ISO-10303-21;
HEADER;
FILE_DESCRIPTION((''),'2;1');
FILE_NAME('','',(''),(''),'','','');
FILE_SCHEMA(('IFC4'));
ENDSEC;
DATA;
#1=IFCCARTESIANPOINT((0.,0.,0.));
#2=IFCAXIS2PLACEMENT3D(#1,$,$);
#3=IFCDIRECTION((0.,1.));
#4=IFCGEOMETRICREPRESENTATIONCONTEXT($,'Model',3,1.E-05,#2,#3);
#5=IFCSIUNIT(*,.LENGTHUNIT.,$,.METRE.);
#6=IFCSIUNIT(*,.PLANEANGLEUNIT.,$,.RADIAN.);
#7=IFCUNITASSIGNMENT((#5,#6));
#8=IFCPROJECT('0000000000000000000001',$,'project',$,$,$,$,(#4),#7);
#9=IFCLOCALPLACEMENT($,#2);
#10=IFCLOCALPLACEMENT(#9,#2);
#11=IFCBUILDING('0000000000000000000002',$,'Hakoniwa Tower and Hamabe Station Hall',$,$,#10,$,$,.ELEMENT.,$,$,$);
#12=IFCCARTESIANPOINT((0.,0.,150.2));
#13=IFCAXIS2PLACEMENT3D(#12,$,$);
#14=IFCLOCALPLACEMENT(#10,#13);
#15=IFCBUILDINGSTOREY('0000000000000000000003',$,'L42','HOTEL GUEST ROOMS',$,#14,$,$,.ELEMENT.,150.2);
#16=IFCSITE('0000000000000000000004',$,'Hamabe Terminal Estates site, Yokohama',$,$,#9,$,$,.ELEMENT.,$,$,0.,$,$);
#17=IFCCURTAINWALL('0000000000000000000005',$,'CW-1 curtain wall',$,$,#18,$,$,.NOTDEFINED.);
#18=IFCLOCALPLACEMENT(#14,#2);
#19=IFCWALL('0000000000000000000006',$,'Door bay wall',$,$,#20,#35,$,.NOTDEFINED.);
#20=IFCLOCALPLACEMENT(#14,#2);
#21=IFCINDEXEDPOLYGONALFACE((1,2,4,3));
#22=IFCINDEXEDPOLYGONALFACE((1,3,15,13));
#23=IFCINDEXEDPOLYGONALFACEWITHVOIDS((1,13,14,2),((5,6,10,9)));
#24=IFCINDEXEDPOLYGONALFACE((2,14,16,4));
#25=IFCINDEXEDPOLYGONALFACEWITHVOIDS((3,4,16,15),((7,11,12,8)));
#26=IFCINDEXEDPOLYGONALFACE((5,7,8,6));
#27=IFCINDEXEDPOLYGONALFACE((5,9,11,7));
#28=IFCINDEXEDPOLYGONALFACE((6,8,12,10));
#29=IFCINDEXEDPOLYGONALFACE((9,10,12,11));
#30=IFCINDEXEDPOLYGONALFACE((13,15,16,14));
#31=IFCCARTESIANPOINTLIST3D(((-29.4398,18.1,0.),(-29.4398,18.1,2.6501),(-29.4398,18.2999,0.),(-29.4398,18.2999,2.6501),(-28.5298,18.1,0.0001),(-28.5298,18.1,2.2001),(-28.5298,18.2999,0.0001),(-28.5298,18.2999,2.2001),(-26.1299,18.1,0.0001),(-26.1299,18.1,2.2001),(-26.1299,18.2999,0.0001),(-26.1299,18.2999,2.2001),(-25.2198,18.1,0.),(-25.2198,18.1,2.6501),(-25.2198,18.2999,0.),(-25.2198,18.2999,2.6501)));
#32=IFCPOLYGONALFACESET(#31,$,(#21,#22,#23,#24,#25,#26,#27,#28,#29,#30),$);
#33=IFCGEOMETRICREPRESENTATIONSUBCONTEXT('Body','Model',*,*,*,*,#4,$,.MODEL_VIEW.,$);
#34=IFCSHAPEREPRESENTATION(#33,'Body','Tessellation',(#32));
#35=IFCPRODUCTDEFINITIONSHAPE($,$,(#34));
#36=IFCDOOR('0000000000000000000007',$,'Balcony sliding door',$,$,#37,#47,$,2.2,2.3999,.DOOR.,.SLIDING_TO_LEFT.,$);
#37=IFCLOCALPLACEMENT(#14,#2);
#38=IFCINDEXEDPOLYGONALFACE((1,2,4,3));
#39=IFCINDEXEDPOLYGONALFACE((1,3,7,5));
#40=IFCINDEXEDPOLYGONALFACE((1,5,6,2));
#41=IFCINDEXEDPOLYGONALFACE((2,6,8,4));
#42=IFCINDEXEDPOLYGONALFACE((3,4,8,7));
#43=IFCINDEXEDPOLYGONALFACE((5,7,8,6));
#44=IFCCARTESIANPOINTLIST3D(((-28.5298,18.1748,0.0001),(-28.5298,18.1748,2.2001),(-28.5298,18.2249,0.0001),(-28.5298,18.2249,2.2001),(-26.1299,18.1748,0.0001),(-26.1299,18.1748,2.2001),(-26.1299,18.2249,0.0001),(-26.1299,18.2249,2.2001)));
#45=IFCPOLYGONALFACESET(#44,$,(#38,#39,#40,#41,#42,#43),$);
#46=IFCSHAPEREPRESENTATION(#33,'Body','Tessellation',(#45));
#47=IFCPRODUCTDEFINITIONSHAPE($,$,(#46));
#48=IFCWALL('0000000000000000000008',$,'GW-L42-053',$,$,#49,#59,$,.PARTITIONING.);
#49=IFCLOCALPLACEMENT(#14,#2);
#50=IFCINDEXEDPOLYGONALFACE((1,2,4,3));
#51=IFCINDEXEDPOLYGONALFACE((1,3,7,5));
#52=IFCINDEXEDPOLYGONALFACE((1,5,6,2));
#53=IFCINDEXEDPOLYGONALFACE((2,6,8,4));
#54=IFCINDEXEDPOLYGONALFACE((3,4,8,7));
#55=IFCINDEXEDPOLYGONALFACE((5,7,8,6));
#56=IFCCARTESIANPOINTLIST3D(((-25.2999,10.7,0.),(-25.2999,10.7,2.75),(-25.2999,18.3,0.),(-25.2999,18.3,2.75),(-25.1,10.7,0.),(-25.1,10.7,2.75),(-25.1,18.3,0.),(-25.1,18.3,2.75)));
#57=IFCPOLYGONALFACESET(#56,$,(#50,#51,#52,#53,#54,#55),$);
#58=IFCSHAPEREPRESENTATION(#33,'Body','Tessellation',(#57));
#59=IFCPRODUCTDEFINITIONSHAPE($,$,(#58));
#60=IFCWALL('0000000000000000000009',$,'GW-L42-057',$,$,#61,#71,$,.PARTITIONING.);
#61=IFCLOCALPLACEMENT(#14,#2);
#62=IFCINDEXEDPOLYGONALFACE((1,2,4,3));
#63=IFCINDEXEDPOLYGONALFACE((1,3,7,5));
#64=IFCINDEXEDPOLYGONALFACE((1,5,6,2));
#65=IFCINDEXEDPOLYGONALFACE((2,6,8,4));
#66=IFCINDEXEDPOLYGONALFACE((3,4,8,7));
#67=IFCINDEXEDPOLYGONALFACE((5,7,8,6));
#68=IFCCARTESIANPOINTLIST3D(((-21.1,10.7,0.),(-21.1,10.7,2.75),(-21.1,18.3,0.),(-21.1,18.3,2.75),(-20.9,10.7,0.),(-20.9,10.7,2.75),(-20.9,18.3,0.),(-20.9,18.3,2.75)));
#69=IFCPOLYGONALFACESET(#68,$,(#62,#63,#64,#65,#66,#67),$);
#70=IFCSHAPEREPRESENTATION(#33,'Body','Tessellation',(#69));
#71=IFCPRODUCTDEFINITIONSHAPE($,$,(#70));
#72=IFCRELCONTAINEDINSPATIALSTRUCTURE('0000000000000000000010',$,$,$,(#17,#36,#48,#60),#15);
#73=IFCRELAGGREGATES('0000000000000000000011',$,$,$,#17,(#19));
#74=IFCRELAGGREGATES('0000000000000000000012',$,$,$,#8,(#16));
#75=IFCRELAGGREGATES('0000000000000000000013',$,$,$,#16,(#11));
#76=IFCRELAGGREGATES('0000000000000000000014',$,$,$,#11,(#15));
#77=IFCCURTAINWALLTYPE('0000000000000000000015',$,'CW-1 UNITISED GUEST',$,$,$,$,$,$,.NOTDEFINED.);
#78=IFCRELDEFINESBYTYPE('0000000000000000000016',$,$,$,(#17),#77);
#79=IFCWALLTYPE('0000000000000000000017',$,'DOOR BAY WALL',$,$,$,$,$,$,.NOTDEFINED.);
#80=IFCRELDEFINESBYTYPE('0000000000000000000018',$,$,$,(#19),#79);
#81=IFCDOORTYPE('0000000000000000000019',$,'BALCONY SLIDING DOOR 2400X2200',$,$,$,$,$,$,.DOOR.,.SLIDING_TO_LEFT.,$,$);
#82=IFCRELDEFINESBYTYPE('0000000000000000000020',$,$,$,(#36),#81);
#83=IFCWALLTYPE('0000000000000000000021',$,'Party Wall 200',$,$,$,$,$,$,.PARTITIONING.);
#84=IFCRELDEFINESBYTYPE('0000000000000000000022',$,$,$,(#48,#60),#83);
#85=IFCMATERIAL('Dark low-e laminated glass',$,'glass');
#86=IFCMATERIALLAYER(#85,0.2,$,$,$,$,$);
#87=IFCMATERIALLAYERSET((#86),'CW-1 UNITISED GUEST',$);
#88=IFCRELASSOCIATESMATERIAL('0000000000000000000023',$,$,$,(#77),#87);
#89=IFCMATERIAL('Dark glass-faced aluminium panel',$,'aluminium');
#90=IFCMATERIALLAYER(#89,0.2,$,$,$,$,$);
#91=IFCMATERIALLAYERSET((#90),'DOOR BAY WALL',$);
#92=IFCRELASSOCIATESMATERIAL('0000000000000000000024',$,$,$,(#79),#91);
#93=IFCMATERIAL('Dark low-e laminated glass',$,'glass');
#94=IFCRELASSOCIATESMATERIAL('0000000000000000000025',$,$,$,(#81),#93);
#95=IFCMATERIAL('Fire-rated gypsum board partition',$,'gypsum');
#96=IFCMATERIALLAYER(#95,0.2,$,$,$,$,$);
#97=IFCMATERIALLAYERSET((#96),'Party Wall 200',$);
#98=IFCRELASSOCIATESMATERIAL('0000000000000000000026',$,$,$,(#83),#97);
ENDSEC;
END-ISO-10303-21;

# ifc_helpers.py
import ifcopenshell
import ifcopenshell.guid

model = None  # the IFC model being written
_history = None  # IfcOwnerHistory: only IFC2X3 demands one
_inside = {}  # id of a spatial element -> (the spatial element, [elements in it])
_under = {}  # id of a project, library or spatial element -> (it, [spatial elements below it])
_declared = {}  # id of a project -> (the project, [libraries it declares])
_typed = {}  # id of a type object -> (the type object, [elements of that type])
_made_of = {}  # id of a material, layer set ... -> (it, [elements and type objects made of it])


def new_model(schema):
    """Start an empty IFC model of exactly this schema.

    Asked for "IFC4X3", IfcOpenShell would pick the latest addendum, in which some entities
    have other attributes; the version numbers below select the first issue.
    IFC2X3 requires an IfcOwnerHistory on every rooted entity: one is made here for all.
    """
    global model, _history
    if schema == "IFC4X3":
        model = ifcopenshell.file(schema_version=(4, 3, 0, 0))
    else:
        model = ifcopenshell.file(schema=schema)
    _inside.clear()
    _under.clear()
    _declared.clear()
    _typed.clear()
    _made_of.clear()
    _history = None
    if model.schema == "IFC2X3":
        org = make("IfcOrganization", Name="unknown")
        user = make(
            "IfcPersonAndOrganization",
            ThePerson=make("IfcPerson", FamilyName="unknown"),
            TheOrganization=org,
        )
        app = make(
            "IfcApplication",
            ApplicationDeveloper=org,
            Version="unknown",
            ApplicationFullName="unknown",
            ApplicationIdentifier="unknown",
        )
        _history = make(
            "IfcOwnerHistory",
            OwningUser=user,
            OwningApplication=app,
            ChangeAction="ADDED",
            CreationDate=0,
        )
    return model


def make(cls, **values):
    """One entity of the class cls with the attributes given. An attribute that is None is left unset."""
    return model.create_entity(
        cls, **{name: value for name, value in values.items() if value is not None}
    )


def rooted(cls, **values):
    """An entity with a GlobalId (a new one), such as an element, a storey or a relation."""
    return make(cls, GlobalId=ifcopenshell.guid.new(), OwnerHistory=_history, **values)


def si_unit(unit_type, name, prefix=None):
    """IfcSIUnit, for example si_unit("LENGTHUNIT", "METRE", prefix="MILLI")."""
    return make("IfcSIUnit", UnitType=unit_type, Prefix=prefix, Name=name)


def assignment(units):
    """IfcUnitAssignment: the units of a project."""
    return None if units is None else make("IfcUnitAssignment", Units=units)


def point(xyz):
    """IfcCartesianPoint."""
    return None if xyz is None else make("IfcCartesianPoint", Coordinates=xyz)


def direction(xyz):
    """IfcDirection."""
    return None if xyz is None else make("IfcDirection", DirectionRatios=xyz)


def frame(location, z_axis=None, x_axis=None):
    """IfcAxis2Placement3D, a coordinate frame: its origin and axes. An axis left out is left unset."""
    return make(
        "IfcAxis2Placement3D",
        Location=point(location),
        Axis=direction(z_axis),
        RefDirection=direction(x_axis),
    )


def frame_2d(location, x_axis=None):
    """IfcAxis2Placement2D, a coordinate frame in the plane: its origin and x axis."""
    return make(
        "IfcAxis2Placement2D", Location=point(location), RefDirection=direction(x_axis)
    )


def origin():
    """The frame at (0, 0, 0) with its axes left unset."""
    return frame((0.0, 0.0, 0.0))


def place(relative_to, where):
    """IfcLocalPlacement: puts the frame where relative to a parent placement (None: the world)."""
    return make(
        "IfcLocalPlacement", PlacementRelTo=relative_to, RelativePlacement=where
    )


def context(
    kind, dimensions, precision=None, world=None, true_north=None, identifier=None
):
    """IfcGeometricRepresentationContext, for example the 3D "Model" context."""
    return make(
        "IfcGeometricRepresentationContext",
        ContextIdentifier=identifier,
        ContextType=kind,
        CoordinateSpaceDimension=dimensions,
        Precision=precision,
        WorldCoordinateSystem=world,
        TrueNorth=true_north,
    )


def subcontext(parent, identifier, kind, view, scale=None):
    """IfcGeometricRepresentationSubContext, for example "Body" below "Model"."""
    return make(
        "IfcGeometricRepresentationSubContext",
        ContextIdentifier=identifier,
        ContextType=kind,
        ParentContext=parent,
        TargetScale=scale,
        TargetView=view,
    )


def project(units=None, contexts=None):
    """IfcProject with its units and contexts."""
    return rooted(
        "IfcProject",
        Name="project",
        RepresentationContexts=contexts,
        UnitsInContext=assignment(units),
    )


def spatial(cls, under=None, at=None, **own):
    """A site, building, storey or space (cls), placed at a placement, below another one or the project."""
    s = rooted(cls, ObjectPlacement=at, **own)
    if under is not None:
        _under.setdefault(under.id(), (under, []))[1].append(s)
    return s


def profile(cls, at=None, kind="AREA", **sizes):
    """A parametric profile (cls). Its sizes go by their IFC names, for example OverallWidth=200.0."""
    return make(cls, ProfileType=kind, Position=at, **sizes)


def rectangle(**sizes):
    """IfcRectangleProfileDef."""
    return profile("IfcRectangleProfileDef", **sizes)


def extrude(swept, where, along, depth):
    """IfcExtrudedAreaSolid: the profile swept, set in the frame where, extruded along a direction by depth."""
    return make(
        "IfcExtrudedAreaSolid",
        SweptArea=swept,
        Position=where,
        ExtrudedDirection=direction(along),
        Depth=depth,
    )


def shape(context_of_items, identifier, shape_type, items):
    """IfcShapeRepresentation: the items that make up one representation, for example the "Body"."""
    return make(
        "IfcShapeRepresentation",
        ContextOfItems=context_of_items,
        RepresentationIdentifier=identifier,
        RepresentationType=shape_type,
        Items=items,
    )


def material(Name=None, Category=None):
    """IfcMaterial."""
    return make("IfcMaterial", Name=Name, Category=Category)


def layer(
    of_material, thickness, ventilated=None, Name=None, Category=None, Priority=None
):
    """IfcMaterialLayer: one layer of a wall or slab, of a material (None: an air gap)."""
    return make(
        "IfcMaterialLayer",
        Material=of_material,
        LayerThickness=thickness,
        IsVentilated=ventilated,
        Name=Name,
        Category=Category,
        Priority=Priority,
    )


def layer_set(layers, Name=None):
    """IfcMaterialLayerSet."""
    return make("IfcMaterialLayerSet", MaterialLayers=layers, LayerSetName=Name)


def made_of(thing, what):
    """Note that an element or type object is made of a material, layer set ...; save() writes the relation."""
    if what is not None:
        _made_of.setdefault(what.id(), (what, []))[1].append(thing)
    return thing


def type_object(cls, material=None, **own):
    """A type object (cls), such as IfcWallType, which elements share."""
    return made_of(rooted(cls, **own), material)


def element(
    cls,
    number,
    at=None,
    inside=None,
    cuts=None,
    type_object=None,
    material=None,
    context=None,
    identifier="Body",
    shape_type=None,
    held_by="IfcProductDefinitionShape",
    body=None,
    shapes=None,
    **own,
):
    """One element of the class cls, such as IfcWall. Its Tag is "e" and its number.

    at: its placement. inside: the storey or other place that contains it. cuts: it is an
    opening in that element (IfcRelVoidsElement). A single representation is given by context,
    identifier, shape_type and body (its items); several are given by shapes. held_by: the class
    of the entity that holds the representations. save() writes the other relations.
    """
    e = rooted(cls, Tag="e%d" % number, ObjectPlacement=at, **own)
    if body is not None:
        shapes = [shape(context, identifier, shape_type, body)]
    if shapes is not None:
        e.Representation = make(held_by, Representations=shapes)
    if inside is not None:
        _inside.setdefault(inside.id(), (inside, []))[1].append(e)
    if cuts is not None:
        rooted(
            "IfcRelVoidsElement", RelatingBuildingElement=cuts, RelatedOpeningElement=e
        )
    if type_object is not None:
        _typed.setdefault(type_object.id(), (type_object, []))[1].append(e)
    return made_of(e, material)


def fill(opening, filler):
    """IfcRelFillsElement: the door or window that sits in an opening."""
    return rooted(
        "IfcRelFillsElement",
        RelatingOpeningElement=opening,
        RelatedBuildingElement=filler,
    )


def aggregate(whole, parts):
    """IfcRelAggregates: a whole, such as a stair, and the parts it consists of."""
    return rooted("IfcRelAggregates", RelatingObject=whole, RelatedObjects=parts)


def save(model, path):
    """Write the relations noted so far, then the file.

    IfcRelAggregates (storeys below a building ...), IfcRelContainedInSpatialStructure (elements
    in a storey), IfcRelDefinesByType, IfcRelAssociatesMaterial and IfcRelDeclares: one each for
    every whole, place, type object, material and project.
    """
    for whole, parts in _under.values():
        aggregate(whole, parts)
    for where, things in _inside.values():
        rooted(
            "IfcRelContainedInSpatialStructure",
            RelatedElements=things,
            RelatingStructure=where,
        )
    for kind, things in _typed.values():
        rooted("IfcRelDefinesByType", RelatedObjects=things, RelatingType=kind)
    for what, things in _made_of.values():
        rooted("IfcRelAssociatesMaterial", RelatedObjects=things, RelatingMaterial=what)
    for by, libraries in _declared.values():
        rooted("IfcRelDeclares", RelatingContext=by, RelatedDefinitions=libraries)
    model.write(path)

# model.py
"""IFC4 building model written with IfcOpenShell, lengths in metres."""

from ifc_helpers import new_model, si_unit, direction, frame, frame_2d, origin, place, context, subcontext, project, spatial, rectangle, extrude, material, layer, layer_set, type_object, element, fill, aggregate, save


model = new_model("IFC4")

# Units and contexts
model_context = context("Model", 3, precision=1e-05, world=origin(), true_north=direction((0.0, 1.0)))
body_context = subcontext(model_context, "Body", "Model", "MODEL_VIEW")
ifc_project = project(units=[si_unit("LENGTHUNIT", "METRE"), si_unit("PLANEANGLEUNIT", "RADIAN")], contexts=[model_context])

# Site, building, storey
site_placement = place(None, origin())
site = spatial("IfcSite", under=ifc_project, at=site_placement, Name="Hamabe Terminal Estates site, Yokohama", CompositionType="ELEMENT", RefElevation=0.0)
building_placement = place(site_placement, origin())
building = spatial("IfcBuilding", under=site, at=building_placement, Name="Hakoniwa Tower and Hamabe Station Hall", CompositionType="ELEMENT")
storey_placement = place(building_placement, frame((0.0, 0.0, 150.2)))
storey = spatial("IfcBuildingStorey", under=building, at=storey_placement, Name="L42", Description="HOTEL GUEST ROOMS", CompositionType="ELEMENT", Elevation=150.2)

# Curtain wall
ifc_material_1 = material(Name="Dark low-e laminated glass", Category="glass")
ifc_layer_1 = layer(ifc_material_1, 0.2)
ifc_layer_set_1 = layer_set([ifc_layer_1], Name="CW-1 UNITISED GUEST")
curtain_wall_type = type_object("IfcCurtainWallType", Name="CW-1 UNITISED GUEST", PredefinedType="NOTDEFINED", material=ifc_layer_set_1)
curtain_wall_placement = place(storey_placement, origin())
curtain_wall = element("IfcCurtainWall", 1, at=curtain_wall_placement, inside=storey, type_object=curtain_wall_type, Name="CW-1 curtain wall", PredefinedType="NOTDEFINED")

# Wall, opening, door
ifc_material_2 = material(Name="Dark glass-faced aluminium panel", Category="aluminium")
ifc_layer_2 = layer(ifc_material_2, 0.2)
ifc_layer_set_2 = layer_set([ifc_layer_2], Name="DOOR BAY WALL")
wall_type_1 = type_object("IfcWallType", Name="DOOR BAY WALL", PredefinedType="NOTDEFINED", material=ifc_layer_set_2)
ifc_material_3 = material(Name="Dark low-e laminated glass", Category="glass")
door_type_1 = type_object("IfcDoorType", Name="BALCONY SLIDING DOOR 2400X2200", OperationType="SLIDING_TO_LEFT", PredefinedType="DOOR", material=ifc_material_3)
wall_1_placement = place(storey_placement, frame((-25.22, 18.2, 0.0), z_axis=(0.0, 0.0, 1.0), x_axis=(-1.0, 0.0, 0.0)))
wall_1 = element("IfcWall", 2, at=wall_1_placement, type_object=wall_type_1, Name="Door bay wall", PredefinedType="NOTDEFINED", context=body_context, shape_type="SweptSolid", body=[
    extrude(rectangle(XDim=4.22, YDim=0.2, at=frame_2d((2.1099, 0.0))), origin(), (0.0, 0.0, 1.0), 2.6501),
])
opening_1_placement = place(wall_1_placement, frame((0.9099, 0.0, 0.0)))
opening_1 = element("IfcOpeningElement", 3, at=opening_1_placement, cuts=wall_1, PredefinedType="OPENING", context=body_context, shape_type="SweptSolid", body=[
    extrude(rectangle(XDim=2.3999, YDim=2.2, at=frame_2d((1.2, 1.1001))), frame((0.0, 0.1099, 0.0), z_axis=(0.0, -1.0, 0.0), x_axis=(1.0, 0.0, 0.0)), (0.0, 0.0, 1.0), 0.22),
])
door_1_placement = place(opening_1_placement, frame((2.3999, 0.0, 0.0), z_axis=(0.0, 0.0, 1.0), x_axis=(-1.0, 0.0, 0.0)))
door_1 = element("IfcDoor", 4, at=door_1_placement, inside=storey, type_object=door_type_1, Name="Balcony sliding door", OperationType="SLIDING_TO_LEFT", OverallHeight=2.2, OverallWidth=2.3999, PredefinedType="DOOR", context=body_context, shape_type="SweptSolid", body=[
    extrude(rectangle(XDim=2.3999, YDim=2.2, at=frame_2d((1.2, 1.1001))), frame((0.0, 0.0249, 0.0), z_axis=(0.0, -1.0, 0.0), x_axis=(1.0, 0.0, 0.0)), (0.0, 0.0, 1.0), 0.05),
])
fill(opening_1, door_1)
aggregate(curtain_wall, [wall_1])

# Walls
ifc_material_4 = material(Name="Fire-rated gypsum board partition", Category="gypsum")
ifc_layer_3 = layer(ifc_material_4, 0.2)
ifc_layer_set_3 = layer_set([ifc_layer_3], Name="Party Wall 200")
wall_type_2 = type_object("IfcWallType", Name="Party Wall 200", PredefinedType="PARTITIONING", material=ifc_layer_set_3)
for number, where, z_axis, x_axis, name in (
    (5, (-25.2, 10.7, 0.0), (0.0, 0.0, 1.0), (0.0, 1.0, 0.0), "GW-L42-053"),
    (6, (-21.0, 10.7, 0.0), (0.0, 0.0, 1.0), (0.0, 1.0, 0.0), "GW-L42-057"),
):
    element("IfcWall", number, at=place(storey_placement, frame(where, z_axis=z_axis, x_axis=x_axis)), inside=storey, type_object=wall_type_2, Name=name, PredefinedType="PARTITIONING", context=body_context, shape_type="SweptSolid", body=[
        extrude(rectangle(XDim=7.6001, YDim=0.2, at=frame_2d((3.8, 0.0))), origin(), (0.0, 0.0, 1.0), 2.75),
    ])

save(model, "model.ifc")
